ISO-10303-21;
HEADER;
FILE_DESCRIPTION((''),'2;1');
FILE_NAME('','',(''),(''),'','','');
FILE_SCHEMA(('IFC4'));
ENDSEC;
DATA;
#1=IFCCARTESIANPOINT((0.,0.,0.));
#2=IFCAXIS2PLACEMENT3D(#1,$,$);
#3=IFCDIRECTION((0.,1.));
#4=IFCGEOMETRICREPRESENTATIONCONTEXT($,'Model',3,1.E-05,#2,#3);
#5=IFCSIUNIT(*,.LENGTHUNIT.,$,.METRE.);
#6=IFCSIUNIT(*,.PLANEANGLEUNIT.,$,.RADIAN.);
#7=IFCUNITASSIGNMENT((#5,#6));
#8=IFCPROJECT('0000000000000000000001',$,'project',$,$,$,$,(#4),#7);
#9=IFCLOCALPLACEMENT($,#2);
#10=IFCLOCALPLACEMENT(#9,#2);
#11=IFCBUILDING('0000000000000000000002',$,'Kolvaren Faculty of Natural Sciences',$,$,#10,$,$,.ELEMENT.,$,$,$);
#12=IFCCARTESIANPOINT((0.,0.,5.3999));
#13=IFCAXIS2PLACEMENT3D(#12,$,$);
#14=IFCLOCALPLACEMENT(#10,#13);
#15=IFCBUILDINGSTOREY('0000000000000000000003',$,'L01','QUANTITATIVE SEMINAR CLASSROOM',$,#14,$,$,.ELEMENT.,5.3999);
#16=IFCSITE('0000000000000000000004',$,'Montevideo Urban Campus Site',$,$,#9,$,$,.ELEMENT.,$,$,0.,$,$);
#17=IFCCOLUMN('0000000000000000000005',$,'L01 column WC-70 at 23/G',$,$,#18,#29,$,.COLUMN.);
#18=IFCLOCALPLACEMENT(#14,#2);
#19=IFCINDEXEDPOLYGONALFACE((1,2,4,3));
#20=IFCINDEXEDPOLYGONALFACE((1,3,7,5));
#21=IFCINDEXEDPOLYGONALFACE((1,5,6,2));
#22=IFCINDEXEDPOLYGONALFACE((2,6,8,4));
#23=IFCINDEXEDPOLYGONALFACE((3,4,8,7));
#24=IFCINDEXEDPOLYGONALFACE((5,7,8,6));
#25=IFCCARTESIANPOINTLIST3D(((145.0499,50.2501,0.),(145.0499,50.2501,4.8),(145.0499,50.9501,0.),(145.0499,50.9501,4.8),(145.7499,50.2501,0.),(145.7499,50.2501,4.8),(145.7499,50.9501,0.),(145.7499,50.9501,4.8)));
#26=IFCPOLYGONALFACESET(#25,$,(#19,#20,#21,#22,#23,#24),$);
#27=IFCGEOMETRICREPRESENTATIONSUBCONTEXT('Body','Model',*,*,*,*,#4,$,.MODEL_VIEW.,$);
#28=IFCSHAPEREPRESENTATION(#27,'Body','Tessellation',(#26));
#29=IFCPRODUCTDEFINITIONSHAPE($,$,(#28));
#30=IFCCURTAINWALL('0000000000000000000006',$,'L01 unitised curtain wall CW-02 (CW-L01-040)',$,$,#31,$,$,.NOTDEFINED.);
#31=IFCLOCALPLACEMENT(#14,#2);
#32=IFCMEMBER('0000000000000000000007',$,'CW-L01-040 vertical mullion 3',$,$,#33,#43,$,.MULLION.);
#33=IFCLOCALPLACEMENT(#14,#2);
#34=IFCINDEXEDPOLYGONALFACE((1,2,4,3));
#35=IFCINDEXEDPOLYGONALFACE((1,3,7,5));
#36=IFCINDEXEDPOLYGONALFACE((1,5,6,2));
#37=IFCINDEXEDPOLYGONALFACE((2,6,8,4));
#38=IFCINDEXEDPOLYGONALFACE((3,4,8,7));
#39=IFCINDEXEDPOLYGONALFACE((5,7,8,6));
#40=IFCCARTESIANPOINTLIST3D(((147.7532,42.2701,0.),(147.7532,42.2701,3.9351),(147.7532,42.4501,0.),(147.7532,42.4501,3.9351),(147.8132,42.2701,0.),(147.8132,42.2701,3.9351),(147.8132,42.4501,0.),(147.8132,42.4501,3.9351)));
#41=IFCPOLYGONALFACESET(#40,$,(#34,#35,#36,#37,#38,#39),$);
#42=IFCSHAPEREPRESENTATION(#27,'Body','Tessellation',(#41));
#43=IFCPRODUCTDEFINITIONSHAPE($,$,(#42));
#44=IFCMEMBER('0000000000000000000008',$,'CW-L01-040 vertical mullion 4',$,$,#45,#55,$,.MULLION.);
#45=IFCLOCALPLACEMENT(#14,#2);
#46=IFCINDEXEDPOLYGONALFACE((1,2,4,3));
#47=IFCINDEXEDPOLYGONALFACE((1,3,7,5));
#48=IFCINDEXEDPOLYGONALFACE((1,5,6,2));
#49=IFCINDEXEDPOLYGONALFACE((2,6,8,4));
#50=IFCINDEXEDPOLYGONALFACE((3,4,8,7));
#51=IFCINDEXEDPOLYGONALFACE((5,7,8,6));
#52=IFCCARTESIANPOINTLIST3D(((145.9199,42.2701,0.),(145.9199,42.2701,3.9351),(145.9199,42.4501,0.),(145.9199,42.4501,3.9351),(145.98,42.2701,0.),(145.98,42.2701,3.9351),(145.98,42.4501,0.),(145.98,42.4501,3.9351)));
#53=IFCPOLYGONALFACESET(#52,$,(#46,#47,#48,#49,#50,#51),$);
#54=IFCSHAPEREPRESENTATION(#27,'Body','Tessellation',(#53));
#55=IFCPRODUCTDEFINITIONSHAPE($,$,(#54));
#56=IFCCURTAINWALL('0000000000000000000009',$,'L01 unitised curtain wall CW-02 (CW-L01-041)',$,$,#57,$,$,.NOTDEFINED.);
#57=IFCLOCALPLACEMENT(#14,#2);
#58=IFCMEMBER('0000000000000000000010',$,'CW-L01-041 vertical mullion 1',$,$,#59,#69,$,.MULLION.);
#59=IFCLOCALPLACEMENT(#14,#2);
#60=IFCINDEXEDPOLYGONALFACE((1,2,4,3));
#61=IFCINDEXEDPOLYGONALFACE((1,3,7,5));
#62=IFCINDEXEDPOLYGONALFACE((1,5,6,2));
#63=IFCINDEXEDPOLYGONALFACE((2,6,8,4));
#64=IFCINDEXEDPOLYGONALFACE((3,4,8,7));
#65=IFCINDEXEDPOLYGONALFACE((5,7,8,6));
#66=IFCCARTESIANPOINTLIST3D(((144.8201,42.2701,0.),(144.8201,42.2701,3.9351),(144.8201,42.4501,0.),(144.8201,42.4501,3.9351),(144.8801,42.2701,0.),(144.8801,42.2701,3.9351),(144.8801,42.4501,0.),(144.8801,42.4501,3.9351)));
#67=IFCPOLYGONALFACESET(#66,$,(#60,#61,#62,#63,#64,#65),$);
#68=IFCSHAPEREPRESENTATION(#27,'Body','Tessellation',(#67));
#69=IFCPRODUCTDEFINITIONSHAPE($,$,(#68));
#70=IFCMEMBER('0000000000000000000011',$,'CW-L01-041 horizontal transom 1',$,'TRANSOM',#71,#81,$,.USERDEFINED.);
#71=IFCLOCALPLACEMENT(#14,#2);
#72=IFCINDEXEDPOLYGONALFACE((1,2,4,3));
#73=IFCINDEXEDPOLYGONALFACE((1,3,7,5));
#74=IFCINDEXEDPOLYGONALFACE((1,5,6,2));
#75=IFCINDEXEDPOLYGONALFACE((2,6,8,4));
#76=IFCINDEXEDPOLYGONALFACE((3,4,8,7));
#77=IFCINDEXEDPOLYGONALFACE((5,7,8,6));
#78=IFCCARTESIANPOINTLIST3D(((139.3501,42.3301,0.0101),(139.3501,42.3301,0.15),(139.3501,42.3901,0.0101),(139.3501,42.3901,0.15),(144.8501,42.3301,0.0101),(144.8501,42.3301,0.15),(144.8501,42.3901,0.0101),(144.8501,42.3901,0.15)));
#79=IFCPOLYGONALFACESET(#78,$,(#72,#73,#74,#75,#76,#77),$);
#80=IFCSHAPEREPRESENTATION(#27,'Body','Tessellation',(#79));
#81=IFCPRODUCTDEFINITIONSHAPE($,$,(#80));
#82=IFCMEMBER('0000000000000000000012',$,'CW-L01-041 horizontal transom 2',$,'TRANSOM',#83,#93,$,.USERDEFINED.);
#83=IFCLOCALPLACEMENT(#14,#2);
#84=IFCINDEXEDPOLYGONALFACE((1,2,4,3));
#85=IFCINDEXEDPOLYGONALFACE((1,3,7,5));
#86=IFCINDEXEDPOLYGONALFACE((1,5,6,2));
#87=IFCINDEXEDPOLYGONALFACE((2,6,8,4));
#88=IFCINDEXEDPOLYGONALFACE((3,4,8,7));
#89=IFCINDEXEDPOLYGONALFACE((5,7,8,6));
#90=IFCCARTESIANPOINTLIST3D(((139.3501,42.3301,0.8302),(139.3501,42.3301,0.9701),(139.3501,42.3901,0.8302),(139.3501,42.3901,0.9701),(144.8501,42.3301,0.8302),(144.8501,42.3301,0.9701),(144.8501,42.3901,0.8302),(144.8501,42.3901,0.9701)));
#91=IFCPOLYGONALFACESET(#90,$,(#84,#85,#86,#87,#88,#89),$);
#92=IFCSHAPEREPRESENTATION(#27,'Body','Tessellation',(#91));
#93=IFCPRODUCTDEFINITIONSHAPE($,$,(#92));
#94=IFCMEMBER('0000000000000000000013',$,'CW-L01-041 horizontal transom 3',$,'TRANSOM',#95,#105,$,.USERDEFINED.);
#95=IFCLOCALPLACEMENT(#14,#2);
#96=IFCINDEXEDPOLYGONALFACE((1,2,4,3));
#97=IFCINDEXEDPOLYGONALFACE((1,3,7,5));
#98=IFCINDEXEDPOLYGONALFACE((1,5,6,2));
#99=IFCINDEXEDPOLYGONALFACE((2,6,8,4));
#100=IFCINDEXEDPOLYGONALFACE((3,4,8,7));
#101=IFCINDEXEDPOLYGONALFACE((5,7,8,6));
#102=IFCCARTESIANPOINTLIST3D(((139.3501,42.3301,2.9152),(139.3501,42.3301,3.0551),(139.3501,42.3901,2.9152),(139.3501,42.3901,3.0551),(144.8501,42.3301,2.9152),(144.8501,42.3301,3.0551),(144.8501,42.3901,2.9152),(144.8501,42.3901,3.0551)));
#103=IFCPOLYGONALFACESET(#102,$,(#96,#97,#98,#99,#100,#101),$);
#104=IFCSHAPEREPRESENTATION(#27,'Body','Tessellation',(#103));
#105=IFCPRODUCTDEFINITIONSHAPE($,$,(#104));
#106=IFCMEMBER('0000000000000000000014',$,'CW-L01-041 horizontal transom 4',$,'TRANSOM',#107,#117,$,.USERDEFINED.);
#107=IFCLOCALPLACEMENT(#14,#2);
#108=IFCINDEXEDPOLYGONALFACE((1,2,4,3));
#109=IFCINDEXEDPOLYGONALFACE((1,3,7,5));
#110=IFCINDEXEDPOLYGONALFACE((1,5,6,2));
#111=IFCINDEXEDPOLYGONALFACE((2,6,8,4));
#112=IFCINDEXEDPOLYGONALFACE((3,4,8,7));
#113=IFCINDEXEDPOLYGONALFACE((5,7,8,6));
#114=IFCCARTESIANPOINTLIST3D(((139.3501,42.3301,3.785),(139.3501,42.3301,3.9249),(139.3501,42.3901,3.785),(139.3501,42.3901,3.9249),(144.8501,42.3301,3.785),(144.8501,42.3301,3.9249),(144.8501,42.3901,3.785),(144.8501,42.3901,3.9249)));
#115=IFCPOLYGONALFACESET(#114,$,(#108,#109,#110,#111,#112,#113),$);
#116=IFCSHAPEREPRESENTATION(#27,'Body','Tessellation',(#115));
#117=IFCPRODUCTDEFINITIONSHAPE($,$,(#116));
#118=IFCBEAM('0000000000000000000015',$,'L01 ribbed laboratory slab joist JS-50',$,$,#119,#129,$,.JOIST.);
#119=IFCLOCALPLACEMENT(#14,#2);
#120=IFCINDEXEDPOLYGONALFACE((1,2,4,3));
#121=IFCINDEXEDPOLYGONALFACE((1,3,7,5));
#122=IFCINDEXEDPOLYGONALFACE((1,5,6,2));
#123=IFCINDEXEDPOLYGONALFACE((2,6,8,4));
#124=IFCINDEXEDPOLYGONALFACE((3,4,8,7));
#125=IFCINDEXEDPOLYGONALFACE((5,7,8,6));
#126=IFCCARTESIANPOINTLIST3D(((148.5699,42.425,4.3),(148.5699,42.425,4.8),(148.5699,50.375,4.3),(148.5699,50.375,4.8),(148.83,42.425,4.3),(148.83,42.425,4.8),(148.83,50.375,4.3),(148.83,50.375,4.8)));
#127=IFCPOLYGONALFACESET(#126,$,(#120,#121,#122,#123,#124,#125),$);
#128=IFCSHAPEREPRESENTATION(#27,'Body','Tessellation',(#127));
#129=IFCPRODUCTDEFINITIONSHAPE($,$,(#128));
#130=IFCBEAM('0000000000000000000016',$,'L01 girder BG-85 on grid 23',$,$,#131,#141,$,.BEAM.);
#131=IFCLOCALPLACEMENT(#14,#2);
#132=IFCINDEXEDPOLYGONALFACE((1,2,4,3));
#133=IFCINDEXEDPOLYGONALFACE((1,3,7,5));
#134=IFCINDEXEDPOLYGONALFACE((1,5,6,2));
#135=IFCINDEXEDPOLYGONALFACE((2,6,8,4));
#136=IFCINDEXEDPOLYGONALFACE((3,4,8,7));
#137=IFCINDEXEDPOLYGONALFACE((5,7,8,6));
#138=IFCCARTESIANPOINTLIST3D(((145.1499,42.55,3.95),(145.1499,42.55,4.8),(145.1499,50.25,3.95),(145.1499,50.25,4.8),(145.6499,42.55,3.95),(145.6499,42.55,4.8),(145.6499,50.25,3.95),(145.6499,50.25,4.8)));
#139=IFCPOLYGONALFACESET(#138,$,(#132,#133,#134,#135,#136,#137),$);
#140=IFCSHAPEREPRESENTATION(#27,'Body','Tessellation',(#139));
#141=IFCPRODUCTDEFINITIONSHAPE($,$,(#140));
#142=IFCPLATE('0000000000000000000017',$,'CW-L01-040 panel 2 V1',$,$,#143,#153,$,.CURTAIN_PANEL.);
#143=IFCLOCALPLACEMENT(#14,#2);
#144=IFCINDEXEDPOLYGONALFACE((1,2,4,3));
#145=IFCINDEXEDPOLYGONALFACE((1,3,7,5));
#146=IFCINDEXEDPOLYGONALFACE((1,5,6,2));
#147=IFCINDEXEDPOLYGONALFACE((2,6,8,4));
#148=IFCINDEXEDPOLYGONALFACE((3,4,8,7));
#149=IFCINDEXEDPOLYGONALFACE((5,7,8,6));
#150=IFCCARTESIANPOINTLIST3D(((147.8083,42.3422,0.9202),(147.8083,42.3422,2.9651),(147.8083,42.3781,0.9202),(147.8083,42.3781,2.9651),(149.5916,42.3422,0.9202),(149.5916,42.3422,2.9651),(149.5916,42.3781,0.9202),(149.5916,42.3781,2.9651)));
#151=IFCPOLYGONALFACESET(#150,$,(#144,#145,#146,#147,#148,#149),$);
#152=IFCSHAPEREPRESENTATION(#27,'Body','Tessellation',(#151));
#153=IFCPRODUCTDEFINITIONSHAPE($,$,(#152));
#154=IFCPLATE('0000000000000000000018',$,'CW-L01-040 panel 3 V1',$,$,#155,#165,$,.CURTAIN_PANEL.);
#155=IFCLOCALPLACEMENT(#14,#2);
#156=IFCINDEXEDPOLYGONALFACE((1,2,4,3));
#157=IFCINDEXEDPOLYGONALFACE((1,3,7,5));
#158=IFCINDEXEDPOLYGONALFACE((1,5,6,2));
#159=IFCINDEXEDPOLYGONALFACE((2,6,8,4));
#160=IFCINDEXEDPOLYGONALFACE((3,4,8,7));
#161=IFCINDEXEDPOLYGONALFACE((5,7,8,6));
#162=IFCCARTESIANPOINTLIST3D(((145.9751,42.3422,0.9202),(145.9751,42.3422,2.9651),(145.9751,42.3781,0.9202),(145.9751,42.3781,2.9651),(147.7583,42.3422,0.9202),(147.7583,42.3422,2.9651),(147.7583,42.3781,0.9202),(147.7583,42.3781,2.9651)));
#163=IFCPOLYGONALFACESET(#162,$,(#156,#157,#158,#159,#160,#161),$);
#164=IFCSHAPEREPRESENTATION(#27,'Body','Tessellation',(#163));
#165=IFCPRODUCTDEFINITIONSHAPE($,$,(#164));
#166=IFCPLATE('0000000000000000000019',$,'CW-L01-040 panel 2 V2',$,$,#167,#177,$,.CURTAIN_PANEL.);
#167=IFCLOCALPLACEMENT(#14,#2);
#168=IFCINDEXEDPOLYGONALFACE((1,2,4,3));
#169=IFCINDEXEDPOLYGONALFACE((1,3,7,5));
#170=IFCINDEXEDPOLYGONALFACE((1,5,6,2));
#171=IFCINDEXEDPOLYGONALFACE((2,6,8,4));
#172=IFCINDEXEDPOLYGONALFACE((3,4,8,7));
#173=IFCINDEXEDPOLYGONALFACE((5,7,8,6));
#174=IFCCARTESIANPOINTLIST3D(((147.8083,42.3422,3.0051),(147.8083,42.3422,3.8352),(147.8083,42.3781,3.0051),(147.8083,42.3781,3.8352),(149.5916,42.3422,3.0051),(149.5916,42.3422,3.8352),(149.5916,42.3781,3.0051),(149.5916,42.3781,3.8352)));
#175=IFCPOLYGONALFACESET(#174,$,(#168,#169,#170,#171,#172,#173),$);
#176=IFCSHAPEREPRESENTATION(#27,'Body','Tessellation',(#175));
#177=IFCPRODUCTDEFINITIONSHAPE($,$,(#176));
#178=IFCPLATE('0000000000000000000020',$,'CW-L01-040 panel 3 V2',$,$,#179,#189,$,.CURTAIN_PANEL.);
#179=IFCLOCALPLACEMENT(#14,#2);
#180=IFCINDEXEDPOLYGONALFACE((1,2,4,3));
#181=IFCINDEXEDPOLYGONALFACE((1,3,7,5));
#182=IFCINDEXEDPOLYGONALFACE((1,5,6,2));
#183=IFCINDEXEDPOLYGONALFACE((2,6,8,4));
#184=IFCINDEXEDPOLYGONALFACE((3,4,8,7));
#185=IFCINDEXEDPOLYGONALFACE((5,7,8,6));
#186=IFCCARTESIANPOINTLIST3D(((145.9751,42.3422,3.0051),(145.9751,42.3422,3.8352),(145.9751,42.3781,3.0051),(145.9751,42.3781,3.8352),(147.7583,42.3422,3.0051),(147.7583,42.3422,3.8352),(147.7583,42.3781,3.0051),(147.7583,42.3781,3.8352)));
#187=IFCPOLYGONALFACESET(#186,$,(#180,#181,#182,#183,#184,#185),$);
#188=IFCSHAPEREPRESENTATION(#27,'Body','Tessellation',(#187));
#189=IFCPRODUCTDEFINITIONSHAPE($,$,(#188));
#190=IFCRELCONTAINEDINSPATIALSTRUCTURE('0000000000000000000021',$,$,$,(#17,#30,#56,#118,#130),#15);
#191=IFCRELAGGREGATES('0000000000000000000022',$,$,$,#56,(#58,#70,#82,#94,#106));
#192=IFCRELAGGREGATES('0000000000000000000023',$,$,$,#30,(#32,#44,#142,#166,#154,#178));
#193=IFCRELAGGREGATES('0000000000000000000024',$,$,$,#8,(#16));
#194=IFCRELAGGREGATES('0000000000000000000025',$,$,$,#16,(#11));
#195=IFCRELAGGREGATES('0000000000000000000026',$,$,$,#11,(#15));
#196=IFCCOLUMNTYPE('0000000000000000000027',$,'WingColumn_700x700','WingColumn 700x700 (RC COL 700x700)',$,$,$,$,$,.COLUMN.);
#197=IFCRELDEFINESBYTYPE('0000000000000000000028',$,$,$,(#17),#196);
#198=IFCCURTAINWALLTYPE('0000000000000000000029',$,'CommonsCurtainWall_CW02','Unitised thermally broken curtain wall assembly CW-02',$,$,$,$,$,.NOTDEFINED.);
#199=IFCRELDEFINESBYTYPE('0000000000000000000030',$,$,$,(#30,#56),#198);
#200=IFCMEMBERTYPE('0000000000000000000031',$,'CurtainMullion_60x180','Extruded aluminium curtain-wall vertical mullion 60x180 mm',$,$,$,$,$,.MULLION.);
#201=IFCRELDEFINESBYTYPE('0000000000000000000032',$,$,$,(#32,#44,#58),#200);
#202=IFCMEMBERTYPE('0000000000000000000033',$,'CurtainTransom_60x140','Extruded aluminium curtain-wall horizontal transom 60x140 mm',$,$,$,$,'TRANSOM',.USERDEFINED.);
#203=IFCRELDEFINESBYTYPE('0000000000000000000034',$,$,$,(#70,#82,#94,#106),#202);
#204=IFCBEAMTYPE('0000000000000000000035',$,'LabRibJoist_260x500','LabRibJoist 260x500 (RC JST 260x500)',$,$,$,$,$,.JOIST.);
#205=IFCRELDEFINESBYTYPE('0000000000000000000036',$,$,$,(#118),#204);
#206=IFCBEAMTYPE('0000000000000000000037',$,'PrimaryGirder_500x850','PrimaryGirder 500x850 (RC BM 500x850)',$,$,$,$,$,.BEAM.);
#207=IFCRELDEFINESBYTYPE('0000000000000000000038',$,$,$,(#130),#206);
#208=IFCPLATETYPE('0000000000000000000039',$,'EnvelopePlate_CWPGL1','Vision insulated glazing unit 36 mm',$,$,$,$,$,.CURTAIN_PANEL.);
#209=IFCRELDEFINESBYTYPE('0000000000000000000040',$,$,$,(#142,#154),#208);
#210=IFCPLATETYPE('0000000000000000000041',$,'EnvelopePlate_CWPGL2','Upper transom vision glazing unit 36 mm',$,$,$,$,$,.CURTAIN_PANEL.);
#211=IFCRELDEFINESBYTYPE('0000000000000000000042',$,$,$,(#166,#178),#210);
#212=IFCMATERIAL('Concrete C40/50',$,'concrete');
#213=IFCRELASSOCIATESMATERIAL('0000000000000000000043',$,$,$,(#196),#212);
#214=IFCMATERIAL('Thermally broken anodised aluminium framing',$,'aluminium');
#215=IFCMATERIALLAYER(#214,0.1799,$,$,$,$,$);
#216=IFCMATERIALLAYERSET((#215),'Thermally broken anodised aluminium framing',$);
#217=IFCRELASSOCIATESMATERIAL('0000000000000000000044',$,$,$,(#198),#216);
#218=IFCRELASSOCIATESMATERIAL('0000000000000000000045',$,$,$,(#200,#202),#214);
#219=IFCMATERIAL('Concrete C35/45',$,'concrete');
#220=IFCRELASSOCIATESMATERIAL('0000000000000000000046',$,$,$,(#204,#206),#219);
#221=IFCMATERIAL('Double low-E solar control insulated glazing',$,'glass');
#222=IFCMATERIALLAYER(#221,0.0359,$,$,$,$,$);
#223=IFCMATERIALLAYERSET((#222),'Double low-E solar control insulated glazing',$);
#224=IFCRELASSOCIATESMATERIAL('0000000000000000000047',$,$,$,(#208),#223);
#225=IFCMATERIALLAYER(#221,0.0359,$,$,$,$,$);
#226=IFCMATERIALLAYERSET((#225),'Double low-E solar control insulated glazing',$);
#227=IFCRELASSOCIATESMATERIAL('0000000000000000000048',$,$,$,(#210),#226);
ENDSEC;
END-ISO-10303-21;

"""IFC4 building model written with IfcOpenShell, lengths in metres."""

from ifc_helpers import new_model, si_unit, direction, frame, origin, origin_2d, place, context, subcontext, project, spatial, rectangle, extrude, material, layer, layer_set, material_profile, profile_set, type_object, element, aggregate, save


model = new_model("IFC4")

# Units and contexts
model_context = context("Model", 3, precision=1e-05, world=origin(), true_north=direction((0.0, 1.0)))
body_context = subcontext(model_context, "Body", "Model", "MODEL_VIEW")
ifc_project = project(units=[si_unit("LENGTHUNIT", "METRE"), si_unit("PLANEANGLEUNIT", "RADIAN")], contexts=[model_context])

# Site, building, storey
site_placement = place(None, origin())
site = spatial("IfcSite", under=ifc_project, at=site_placement, Name="Montevideo Urban Campus Site", CompositionType="ELEMENT", RefElevation=0.0)
building_placement = place(site_placement, origin())
building = spatial("IfcBuilding", under=site, at=building_placement, Name="Kolvaren Faculty of Natural Sciences", CompositionType="ELEMENT")
storey_placement = place(building_placement, frame((0.0, 0.0, 5.3999)))
storey = spatial("IfcBuildingStorey", under=building, at=storey_placement, Name="L01", Description="QUANTITATIVE SEMINAR CLASSROOM", CompositionType="ELEMENT", Elevation=5.3999)

# Column
ifc_material_1 = material(Name="Concrete C40/50", Category="concrete")
ifc_material_profile_1 = material_profile(ifc_material_1, rectangle(XDim=0.7, YDim=0.7, at=origin_2d()), Name="RC COL 700x700")
ifc_profile_set_1 = profile_set([ifc_material_profile_1], Name="Concrete C40/50")
column_type = type_object("IfcColumnType", Name="WingColumn_700x700", Description="WingColumn 700x700 (RC COL 700x700)", PredefinedType="COLUMN", material=ifc_profile_set_1)
column_placement = place(storey_placement, frame((145.3999, 50.6001, 0.0), z_axis=(0.0, 0.0, 1.0), x_axis=(1.0, 0.0, 0.0)))
element("IfcColumn", 1, at=column_placement, inside=storey, type_object=column_type, Name="L01 column WC-70 at 23/G", PredefinedType="COLUMN", context=body_context, shape_type="SweptSolid", body=[
    extrude(rectangle(XDim=0.7, YDim=0.7, at=origin_2d()), origin(), (0.0, 0.0, 1.0), 4.8),
])

# Curtain walls, members
ifc_material_2 = material(Name="Thermally broken anodised aluminium framing", Category="aluminium")
ifc_layer_1 = layer(ifc_material_2, 0.1799)
ifc_layer_set_1 = layer_set([ifc_layer_1], Name="Thermally broken anodised aluminium framing")
curtain_wall_type = type_object("IfcCurtainWallType", Name="CommonsCurtainWall_CW02", Description="Unitised thermally broken curtain wall assembly CW-02", PredefinedType="NOTDEFINED", material=ifc_layer_set_1)
curtain_wall_1_placement = place(storey_placement, origin())
curtain_wall_1 = element("IfcCurtainWall", 2, at=curtain_wall_1_placement, inside=storey, type_object=curtain_wall_type, Name="L01 unitised curtain wall CW-02 (CW-L01-040)", PredefinedType="NOTDEFINED")
ifc_material_profile_2 = material_profile(ifc_material_2, rectangle(XDim=0.0601, YDim=0.1799, at=origin_2d()), Name="ALU MUL 60x180")
ifc_profile_set_2 = profile_set([ifc_material_profile_2], Name="Thermally broken anodised aluminium framing")
member_type_1 = type_object("IfcMemberType", Name="CurtainMullion_60x180", Description="Extruded aluminium curtain-wall vertical mullion 60x180 mm", PredefinedType="MULLION", material=ifc_profile_set_2)
member_1_placement = place(storey_placement, frame((147.7832, 42.3601, 0.0), z_axis=(0.0, 0.0, 1.0), x_axis=(-1.0, 0.0, 0.0)))
member_1 = element("IfcMember", 3, at=member_1_placement, type_object=member_type_1, Name="CW-L01-040 vertical mullion 3", PredefinedType="MULLION", context=body_context, shape_type="SweptSolid", body=[
    extrude(rectangle(XDim=0.0601, YDim=0.1799, at=origin_2d()), origin(), (0.0, 0.0, 1.0), 3.9351),
])
member_2_placement = place(storey_placement, frame((145.95, 42.3601, 0.0), z_axis=(0.0, 0.0, 1.0), x_axis=(-1.0, 0.0, 0.0)))
member_2 = element("IfcMember", 4, at=member_2_placement, type_object=member_type_1, Name="CW-L01-040 vertical mullion 4", PredefinedType="MULLION", context=body_context, shape_type="SweptSolid", body=[
    extrude(rectangle(XDim=0.0601, YDim=0.1799, at=origin_2d()), origin(), (0.0, 0.0, 1.0), 3.9351),
])
curtain_wall_2_placement = place(storey_placement, origin())
curtain_wall_2 = element("IfcCurtainWall", 5, at=curtain_wall_2_placement, inside=storey, type_object=curtain_wall_type, Name="L01 unitised curtain wall CW-02 (CW-L01-041)", PredefinedType="NOTDEFINED")
member_3_placement = place(storey_placement, frame((144.8501, 42.3601, 0.0), z_axis=(0.0, 0.0, 1.0), x_axis=(-1.0, 0.0, 0.0)))
member_3 = element("IfcMember", 6, at=member_3_placement, type_object=member_type_1, Name="CW-L01-041 vertical mullion 1", PredefinedType="MULLION", context=body_context, shape_type="SweptSolid", body=[
    extrude(rectangle(XDim=0.0601, YDim=0.1799, at=origin_2d()), origin(), (0.0, 0.0, 1.0), 3.9351),
])
ifc_material_profile_3 = material_profile(ifc_material_2, rectangle(XDim=0.0601, YDim=0.1399, at=origin_2d()), Name="ALU TRN 60x140")
ifc_profile_set_3 = profile_set([ifc_material_profile_3], Name="Thermally broken anodised aluminium framing")
member_type_2 = type_object("IfcMemberType", Name="CurtainTransom_60x140", Description="Extruded aluminium curtain-wall horizontal transom 60x140 mm", ElementType="TRANSOM", PredefinedType="USERDEFINED", material=ifc_profile_set_3)
member_4_placement = place(storey_placement, frame((144.8501, 42.3601, 0.0801), z_axis=(-1.0, 0.0, 0.0), x_axis=(0.0, -1.0, 0.0)))
member_4 = element("IfcMember", 7, at=member_4_placement, type_object=member_type_2, Name="CW-L01-041 horizontal transom 1", ObjectType="TRANSOM", PredefinedType="USERDEFINED", context=body_context, shape_type="SweptSolid", body=[
    extrude(rectangle(XDim=0.0601, YDim=0.1399, at=origin_2d()), origin(), (0.0, 0.0, 1.0), 5.5),
])
member_5_placement = place(storey_placement, frame((144.8501, 42.3601, 0.9001), z_axis=(-1.0, 0.0, 0.0), x_axis=(0.0, -1.0, 0.0)))
member_5 = element("IfcMember", 8, at=member_5_placement, type_object=member_type_2, Name="CW-L01-041 horizontal transom 2", ObjectType="TRANSOM", PredefinedType="USERDEFINED", context=body_context, shape_type="SweptSolid", body=[
    extrude(rectangle(XDim=0.0601, YDim=0.1399, at=origin_2d()), origin(), (0.0, 0.0, 1.0), 5.5),
])
member_6_placement = place(storey_placement, frame((144.8501, 42.3601, 2.9851), z_axis=(-1.0, 0.0, 0.0), x_axis=(0.0, -1.0, 0.0)))
member_6 = element("IfcMember", 9, at=member_6_placement, type_object=member_type_2, Name="CW-L01-041 horizontal transom 3", ObjectType="TRANSOM", PredefinedType="USERDEFINED", context=body_context, shape_type="SweptSolid", body=[
    extrude(rectangle(XDim=0.0601, YDim=0.1399, at=origin_2d()), origin(), (0.0, 0.0, 1.0), 5.5),
])
member_7_placement = place(storey_placement, frame((144.8501, 42.3601, 3.855), z_axis=(-1.0, 0.0, 0.0), x_axis=(0.0, -1.0, 0.0)))
member_7 = element("IfcMember", 10, at=member_7_placement, type_object=member_type_2, Name="CW-L01-041 horizontal transom 4", ObjectType="TRANSOM", PredefinedType="USERDEFINED", context=body_context, shape_type="SweptSolid", body=[
    extrude(rectangle(XDim=0.0601, YDim=0.1399, at=origin_2d()), origin(), (0.0, 0.0, 1.0), 5.5),
])
aggregate(curtain_wall_2, [member_3, member_4, member_5, member_6, member_7])

# Beams
ifc_material_3 = material(Name="Concrete C35/45", Category="concrete")
ifc_material_profile_4 = material_profile(ifc_material_3, rectangle(XDim=0.26, YDim=0.5, at=origin_2d()), Name="RC JST 260x500")
ifc_profile_set_4 = profile_set([ifc_material_profile_4], Name="Concrete C35/45")
beam_type_1 = type_object("IfcBeamType", Name="LabRibJoist_260x500", Description="LabRibJoist 260x500 (RC JST 260x500)", PredefinedType="JOIST", material=ifc_profile_set_4)
beam_1_placement = place(storey_placement, frame((148.7, 42.425, 4.55), z_axis=(0.0, 1.0, 0.0), x_axis=(-1.0, 0.0, 0.0)))
element("IfcBeam", 11, at=beam_1_placement, inside=storey, type_object=beam_type_1, Name="L01 ribbed laboratory slab joist JS-50", PredefinedType="JOIST", context=body_context, shape_type="SweptSolid", body=[
    extrude(rectangle(XDim=0.26, YDim=0.5, at=origin_2d()), origin(), (0.0, 0.0, 1.0), 7.95),
])
ifc_material_profile_5 = material_profile(ifc_material_3, rectangle(XDim=0.5, YDim=0.8501, at=origin_2d()), Name="RC BM 500x850")
ifc_profile_set_5 = profile_set([ifc_material_profile_5], Name="Concrete C35/45")
beam_type_2 = type_object("IfcBeamType", Name="PrimaryGirder_500x850", Description="PrimaryGirder 500x850 (RC BM 500x850)", PredefinedType="BEAM", material=ifc_profile_set_5)
beam_2_placement = place(storey_placement, frame((145.3999, 42.55, 4.375), z_axis=(0.0, 1.0, 0.0), x_axis=(-1.0, 0.0, 0.0)))
element("IfcBeam", 12, at=beam_2_placement, inside=storey, type_object=beam_type_2, Name="L01 girder BG-85 on grid 23", PredefinedType="BEAM", context=body_context, shape_type="SweptSolid", body=[
    extrude(rectangle(XDim=0.5, YDim=0.8501, at=origin_2d()), origin(), (0.0, 0.0, 1.0), 7.7),
])

# Plates
ifc_material_4 = material(Name="Double low-E solar control insulated glazing", Category="glass")
ifc_layer_2 = layer(ifc_material_4, 0.0359)
ifc_layer_set_2 = layer_set([ifc_layer_2], Name="Double low-E solar control insulated glazing")
plate_type_1 = type_object("IfcPlateType", Name="EnvelopePlate_CWPGL1", Description="Vision insulated glazing unit 36 mm", PredefinedType="CURTAIN_PANEL", material=ifc_layer_set_2)
plate_1_placement = place(storey_placement, frame((148.7, 42.3601, 0.9202), z_axis=(0.0, 0.0, 1.0), x_axis=(-1.0, 0.0, 0.0)))
plate_1 = element("IfcPlate", 13, at=plate_1_placement, type_object=plate_type_1, Name="CW-L01-040 panel 2 V1", PredefinedType="CURTAIN_PANEL", context=body_context, shape_type="SweptSolid", body=[
    extrude(rectangle(XDim=1.7832, YDim=0.0359, at=origin_2d()), origin(), (0.0, 0.0, 1.0), 2.0449),
])
plate_2_placement = place(storey_placement, frame((146.8667, 42.3601, 0.9202), z_axis=(0.0, 0.0, 1.0), x_axis=(-1.0, 0.0, 0.0)))
plate_2 = element("IfcPlate", 14, at=plate_2_placement, type_object=plate_type_1, Name="CW-L01-040 panel 3 V1", PredefinedType="CURTAIN_PANEL", context=body_context, shape_type="SweptSolid", body=[
    extrude(rectangle(XDim=1.7832, YDim=0.0359, at=origin_2d()), origin(), (0.0, 0.0, 1.0), 2.0449),
])
ifc_layer_3 = layer(ifc_material_4, 0.0359)
ifc_layer_set_3 = layer_set([ifc_layer_3], Name="Double low-E solar control insulated glazing")
plate_type_2 = type_object("IfcPlateType", Name="EnvelopePlate_CWPGL2", Description="Upper transom vision glazing unit 36 mm", PredefinedType="CURTAIN_PANEL", material=ifc_layer_set_3)
plate_3_placement = place(storey_placement, frame((148.7, 42.3601, 3.0051), z_axis=(0.0, 0.0, 1.0), x_axis=(-1.0, 0.0, 0.0)))
plate_3 = element("IfcPlate", 15, at=plate_3_placement, type_object=plate_type_2, Name="CW-L01-040 panel 2 V2", PredefinedType="CURTAIN_PANEL", context=body_context, shape_type="SweptSolid", body=[
    extrude(rectangle(XDim=1.7832, YDim=0.0359, at=origin_2d()), origin(), (0.0, 0.0, 1.0), 0.8301),
])
plate_4_placement = place(storey_placement, frame((146.8667, 42.3601, 3.0051), z_axis=(0.0, 0.0, 1.0), x_axis=(-1.0, 0.0, 0.0)))
plate_4 = element("IfcPlate", 16, at=plate_4_placement, type_object=plate_type_2, Name="CW-L01-040 panel 3 V2", PredefinedType="CURTAIN_PANEL", context=body_context, shape_type="SweptSolid", body=[
    extrude(rectangle(XDim=1.7832, YDim=0.0359, at=origin_2d()), origin(), (0.0, 0.0, 1.0), 0.8301),
])
aggregate(curtain_wall_1, [member_1, member_2, plate_1, plate_3, plate_2, plate_4])

save(model, "model.ifc")
